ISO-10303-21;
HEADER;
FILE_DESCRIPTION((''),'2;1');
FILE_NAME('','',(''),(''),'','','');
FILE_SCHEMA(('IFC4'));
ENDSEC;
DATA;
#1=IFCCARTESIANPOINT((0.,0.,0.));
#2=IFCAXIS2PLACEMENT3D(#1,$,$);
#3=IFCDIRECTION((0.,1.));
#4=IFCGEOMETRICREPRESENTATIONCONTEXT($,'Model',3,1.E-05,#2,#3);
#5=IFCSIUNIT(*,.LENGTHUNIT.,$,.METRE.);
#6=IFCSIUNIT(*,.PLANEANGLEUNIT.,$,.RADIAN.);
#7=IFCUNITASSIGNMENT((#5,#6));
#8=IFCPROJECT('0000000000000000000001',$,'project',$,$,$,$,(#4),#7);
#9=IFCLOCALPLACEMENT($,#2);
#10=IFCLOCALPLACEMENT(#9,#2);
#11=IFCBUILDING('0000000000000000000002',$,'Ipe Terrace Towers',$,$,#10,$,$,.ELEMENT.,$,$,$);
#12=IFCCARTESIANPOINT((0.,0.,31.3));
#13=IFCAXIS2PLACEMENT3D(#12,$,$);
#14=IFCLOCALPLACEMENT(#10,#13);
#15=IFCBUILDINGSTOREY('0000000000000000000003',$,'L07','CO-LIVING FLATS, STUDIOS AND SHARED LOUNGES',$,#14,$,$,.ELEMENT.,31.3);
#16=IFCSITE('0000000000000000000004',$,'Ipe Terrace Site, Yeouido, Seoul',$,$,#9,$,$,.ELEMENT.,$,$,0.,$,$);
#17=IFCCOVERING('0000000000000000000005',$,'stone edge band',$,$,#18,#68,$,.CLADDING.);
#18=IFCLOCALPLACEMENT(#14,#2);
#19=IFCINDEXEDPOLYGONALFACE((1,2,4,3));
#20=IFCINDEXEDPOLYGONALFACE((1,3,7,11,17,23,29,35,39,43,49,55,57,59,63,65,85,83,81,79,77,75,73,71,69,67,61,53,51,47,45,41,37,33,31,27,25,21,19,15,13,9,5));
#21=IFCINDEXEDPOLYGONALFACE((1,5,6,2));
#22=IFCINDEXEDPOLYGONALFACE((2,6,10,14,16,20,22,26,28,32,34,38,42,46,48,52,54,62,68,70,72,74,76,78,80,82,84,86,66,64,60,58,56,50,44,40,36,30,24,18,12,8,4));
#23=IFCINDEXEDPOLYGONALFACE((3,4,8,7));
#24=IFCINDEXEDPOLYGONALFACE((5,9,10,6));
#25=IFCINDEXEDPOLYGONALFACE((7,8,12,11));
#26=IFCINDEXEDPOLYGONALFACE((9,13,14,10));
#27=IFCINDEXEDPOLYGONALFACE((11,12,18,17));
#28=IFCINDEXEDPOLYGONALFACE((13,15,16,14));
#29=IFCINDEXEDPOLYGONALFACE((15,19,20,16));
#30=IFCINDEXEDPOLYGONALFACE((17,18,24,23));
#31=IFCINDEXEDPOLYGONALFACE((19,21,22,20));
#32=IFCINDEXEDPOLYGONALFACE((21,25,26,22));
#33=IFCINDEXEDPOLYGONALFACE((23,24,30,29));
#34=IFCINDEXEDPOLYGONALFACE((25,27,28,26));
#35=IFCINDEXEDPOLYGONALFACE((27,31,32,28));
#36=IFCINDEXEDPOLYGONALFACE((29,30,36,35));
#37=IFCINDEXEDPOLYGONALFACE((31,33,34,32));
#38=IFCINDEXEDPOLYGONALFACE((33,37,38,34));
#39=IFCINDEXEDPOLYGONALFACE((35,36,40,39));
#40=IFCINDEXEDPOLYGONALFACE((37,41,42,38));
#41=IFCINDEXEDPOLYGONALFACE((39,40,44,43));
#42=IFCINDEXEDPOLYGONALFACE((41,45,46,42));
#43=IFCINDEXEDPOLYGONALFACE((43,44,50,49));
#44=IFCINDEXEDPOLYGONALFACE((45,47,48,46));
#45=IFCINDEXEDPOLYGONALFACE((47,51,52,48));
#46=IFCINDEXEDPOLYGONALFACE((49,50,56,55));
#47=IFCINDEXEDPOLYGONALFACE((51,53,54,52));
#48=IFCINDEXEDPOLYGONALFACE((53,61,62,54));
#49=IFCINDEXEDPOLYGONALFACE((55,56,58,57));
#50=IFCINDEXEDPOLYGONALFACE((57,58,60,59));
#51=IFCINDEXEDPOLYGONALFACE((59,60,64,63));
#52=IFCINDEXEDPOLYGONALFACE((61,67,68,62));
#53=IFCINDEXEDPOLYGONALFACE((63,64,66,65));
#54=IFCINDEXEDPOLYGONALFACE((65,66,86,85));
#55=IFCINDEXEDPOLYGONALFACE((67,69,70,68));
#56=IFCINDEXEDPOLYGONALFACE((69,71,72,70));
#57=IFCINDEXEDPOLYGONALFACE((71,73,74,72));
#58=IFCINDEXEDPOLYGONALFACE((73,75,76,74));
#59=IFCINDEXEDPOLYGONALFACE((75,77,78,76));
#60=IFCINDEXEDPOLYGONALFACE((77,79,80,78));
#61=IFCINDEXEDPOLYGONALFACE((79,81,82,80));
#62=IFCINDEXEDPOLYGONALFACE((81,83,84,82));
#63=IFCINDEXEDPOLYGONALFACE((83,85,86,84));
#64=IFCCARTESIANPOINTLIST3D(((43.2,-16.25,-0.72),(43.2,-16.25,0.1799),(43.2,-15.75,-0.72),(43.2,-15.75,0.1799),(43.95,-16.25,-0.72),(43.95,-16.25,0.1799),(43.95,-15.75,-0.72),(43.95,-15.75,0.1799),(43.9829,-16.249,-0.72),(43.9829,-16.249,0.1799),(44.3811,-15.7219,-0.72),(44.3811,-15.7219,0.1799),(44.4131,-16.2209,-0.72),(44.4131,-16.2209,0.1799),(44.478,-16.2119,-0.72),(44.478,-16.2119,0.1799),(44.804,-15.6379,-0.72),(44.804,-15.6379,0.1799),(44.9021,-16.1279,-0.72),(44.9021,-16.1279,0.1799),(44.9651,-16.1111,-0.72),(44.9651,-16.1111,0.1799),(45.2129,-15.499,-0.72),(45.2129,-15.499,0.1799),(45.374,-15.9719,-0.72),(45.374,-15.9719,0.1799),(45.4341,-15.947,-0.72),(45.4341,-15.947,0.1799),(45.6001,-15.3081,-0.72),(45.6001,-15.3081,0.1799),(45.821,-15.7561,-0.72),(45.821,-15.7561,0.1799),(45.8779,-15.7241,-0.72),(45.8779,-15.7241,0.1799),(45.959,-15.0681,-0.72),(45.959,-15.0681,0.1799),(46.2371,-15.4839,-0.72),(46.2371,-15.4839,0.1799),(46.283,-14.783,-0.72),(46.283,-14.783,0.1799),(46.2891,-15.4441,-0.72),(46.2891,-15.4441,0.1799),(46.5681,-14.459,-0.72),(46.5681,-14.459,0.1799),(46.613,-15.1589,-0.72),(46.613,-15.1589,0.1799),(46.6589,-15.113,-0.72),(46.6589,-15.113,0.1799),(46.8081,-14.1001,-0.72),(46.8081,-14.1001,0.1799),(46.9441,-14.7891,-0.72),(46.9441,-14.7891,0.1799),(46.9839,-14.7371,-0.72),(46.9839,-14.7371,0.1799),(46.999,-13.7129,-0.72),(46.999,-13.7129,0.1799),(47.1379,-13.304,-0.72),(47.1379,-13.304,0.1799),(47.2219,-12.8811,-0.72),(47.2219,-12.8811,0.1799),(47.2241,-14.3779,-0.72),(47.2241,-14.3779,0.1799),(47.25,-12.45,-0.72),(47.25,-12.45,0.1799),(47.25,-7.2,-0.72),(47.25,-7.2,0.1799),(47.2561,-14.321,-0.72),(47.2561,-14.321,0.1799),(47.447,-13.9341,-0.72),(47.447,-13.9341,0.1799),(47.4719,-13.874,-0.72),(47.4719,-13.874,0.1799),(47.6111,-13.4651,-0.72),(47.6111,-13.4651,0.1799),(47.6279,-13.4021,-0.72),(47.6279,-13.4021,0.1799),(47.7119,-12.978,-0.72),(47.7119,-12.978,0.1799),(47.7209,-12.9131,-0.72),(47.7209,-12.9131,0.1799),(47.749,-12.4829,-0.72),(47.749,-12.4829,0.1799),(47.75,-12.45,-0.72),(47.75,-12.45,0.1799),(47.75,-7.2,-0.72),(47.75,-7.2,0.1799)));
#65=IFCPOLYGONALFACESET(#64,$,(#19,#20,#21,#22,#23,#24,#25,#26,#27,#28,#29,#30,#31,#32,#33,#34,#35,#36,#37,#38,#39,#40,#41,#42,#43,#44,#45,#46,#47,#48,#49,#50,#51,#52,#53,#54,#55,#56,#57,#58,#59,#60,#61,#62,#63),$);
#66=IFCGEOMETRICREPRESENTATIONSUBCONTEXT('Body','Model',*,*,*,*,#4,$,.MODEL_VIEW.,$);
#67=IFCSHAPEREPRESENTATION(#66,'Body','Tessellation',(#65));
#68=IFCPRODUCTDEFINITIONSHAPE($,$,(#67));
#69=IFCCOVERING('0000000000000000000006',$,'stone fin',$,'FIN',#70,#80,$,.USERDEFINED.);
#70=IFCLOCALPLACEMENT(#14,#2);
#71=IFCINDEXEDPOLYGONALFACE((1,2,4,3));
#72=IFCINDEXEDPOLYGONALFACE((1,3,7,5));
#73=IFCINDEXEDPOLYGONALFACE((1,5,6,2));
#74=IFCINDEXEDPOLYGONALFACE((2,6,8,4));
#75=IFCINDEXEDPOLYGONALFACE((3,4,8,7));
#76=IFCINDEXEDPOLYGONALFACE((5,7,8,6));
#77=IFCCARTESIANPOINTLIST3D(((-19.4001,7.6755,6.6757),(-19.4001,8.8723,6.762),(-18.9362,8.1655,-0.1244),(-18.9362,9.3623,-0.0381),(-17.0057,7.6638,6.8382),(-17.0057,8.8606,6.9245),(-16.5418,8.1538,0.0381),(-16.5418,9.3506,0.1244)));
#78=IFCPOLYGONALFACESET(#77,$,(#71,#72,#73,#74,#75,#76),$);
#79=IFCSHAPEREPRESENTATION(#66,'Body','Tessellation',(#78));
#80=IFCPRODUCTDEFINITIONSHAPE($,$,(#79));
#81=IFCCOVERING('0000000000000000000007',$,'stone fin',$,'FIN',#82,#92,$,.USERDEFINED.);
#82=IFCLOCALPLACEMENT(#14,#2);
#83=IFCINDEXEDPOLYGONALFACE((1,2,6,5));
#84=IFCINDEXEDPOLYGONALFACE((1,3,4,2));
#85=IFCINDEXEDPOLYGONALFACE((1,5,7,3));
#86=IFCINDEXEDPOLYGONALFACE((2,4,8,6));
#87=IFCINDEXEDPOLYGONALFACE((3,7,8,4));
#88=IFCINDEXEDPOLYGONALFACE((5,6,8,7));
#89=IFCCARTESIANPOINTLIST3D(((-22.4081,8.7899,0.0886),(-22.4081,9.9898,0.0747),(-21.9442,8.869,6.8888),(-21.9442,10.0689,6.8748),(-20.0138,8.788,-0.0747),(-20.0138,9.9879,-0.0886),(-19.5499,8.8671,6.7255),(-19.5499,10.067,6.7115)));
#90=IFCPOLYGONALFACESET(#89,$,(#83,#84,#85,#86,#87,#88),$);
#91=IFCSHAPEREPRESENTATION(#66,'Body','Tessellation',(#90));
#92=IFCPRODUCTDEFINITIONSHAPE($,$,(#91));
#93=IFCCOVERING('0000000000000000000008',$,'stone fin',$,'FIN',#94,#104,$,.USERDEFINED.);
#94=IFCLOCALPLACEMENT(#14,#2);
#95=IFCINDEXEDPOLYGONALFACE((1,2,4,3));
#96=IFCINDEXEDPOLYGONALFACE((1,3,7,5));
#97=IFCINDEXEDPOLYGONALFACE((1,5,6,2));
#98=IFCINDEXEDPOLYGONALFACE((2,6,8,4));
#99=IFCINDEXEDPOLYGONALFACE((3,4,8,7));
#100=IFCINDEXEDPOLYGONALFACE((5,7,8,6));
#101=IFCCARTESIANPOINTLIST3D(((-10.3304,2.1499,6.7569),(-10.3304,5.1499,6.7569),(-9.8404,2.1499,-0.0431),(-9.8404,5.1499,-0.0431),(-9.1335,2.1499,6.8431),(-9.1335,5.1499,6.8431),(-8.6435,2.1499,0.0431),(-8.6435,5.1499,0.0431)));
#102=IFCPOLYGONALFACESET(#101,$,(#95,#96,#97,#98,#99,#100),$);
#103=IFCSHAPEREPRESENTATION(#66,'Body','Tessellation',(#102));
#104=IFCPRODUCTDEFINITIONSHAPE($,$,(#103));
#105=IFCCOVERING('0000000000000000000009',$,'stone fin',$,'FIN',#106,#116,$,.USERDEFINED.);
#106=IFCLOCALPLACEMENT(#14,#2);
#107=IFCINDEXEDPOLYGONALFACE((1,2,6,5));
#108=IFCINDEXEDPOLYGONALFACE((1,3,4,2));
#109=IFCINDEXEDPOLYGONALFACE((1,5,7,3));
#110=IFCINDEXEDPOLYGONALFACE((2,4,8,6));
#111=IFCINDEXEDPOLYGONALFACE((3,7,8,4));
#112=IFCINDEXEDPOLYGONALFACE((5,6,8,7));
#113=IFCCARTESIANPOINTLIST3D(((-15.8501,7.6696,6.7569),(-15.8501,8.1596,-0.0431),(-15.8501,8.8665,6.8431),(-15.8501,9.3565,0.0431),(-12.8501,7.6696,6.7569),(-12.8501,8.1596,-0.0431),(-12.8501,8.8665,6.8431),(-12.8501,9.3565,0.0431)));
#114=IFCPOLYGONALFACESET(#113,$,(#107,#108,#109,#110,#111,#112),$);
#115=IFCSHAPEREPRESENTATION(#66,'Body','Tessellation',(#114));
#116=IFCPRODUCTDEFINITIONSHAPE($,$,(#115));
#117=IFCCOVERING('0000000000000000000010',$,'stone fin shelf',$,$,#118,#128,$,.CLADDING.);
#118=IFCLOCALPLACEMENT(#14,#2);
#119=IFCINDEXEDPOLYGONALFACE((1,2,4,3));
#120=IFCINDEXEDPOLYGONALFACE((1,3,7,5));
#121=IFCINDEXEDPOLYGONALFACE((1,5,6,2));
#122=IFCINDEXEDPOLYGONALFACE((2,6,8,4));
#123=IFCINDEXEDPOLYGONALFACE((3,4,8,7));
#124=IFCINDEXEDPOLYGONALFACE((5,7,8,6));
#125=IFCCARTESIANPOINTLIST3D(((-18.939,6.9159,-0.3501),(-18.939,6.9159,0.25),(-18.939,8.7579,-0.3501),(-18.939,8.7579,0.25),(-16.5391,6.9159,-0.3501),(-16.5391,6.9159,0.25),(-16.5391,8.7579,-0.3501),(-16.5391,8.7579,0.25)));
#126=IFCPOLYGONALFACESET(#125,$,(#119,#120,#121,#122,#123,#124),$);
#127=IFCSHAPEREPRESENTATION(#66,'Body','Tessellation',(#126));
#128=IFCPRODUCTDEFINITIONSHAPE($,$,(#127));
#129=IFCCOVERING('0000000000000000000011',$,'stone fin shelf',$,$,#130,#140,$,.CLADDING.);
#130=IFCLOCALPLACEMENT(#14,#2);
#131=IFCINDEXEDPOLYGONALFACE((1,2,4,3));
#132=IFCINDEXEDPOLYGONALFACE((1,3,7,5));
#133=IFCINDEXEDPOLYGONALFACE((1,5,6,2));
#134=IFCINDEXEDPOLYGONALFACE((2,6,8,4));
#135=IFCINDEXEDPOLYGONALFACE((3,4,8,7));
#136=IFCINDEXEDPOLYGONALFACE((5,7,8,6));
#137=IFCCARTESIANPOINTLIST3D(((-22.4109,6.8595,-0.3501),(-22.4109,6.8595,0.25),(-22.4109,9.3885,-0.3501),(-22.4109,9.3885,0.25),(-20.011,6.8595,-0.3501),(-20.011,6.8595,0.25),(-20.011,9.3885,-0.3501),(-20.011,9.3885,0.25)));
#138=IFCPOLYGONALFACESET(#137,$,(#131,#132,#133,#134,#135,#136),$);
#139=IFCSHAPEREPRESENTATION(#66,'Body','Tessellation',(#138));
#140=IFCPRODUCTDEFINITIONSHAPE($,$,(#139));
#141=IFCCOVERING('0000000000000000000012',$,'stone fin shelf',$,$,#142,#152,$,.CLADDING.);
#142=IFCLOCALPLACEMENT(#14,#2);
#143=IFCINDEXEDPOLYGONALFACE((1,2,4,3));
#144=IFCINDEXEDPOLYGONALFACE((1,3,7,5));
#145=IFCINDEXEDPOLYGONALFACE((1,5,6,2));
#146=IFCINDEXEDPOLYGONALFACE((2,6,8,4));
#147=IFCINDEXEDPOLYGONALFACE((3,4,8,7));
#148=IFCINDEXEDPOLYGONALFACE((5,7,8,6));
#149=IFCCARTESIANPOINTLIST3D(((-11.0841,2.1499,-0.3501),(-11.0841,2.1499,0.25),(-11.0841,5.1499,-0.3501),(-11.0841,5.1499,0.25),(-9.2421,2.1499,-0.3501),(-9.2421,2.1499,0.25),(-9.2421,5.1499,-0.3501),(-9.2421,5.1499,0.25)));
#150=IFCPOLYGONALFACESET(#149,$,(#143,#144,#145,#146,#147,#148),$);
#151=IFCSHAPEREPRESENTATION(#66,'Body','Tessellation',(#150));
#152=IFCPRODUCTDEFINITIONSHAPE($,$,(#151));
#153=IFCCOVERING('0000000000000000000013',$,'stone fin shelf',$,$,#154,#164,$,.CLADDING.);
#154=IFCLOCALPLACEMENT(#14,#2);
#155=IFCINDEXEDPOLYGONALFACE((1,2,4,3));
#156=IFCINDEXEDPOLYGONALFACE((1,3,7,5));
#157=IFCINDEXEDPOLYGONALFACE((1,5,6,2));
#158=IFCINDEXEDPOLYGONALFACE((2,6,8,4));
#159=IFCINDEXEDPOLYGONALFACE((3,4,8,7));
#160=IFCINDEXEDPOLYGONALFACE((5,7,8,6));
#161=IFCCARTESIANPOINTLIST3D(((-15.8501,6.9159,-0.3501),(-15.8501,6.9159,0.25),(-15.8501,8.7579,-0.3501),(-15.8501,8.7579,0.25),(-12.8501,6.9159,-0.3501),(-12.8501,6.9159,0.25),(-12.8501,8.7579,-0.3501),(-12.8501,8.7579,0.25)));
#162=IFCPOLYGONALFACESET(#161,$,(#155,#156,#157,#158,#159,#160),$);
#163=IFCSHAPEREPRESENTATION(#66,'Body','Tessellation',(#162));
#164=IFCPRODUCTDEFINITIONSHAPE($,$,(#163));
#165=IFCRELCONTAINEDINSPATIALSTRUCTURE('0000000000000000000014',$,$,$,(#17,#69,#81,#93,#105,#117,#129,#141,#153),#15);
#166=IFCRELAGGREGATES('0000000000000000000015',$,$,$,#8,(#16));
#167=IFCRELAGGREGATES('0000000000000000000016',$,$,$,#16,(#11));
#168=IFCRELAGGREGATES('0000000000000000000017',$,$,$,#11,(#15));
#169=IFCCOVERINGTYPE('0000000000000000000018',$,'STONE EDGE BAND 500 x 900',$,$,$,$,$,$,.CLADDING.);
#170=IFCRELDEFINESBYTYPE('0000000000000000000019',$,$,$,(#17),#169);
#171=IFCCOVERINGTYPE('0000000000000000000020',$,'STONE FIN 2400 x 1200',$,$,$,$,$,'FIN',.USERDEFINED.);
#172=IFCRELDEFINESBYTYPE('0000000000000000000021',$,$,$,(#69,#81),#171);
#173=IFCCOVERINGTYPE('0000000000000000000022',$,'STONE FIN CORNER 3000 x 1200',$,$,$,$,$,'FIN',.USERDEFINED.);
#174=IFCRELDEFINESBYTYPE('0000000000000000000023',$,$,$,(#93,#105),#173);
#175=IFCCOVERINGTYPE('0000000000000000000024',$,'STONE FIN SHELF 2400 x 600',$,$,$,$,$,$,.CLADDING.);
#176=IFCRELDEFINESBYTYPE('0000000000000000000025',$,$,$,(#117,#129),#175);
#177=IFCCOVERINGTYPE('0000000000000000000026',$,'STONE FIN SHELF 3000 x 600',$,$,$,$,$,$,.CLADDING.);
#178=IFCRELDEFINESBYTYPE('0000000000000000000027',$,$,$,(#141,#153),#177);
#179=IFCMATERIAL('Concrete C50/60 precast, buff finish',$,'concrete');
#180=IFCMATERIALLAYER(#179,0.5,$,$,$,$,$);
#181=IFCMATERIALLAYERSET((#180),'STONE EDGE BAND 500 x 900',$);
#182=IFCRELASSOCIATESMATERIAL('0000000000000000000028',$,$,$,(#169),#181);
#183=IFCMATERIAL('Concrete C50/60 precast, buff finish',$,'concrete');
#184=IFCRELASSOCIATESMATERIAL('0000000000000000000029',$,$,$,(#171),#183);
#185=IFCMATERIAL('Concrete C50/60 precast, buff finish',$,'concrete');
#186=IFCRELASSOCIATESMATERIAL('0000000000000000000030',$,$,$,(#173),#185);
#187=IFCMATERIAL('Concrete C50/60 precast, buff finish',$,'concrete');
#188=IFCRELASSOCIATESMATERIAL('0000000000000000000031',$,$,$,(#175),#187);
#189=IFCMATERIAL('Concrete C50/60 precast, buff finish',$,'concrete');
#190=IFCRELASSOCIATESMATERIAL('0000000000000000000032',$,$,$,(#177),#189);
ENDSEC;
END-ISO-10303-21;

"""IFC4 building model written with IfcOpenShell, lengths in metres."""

from ifc_helpers import new_model, si_unit, direction, frame, origin, origin_2d, place, context, subcontext, project, spatial, polyline, rectangle, outline, extrude, material, layer, layer_set, material_profile, profile_set, type_object, element, save


model = new_model("IFC4")

# Units and contexts
model_context = context("Model", 3, precision=1e-05, world=origin(), true_north=direction((0.0, 1.0)))
body_context = subcontext(model_context, "Body", "Model", "MODEL_VIEW")
ifc_project = project(units=[si_unit("LENGTHUNIT", "METRE"), si_unit("PLANEANGLEUNIT", "RADIAN")], contexts=[model_context])

# Site, building, storey
site_placement = place(None, origin())
site = spatial("IfcSite", under=ifc_project, at=site_placement, Name="Ipe Terrace Site, Yeouido, Seoul", CompositionType="ELEMENT", RefElevation=0.0)
building_placement = place(site_placement, origin())
building = spatial("IfcBuilding", under=site, at=building_placement, Name="Ipe Terrace Towers", CompositionType="ELEMENT")
storey_placement = place(building_placement, frame((0.0, 0.0, 31.3)))
storey = spatial("IfcBuildingStorey", under=building, at=storey_placement, Name="L07", Description="CO-LIVING FLATS, STUDIOS AND SHARED LOUNGES", CompositionType="ELEMENT", Elevation=31.3)

# Coverings
ifc_material_1 = material(Name="Concrete C50/60 precast, buff finish", Category="concrete")
ifc_layer_1 = layer(ifc_material_1, 0.5)
ifc_layer_set_1 = layer_set([ifc_layer_1], Name="STONE EDGE BAND 500 x 900")
covering_type_1 = type_object("IfcCoveringType", Name="STONE EDGE BAND 500 x 900", PredefinedType="CLADDING", material=ifc_layer_set_1)
covering_1_placement = place(storey_placement, frame((0.0, 0.0, -0.72)))
element("IfcCovering", 1, at=covering_1_placement, inside=storey, type_object=covering_type_1, Name="stone edge band", PredefinedType="CLADDING", context=body_context, shape_type="SweptSolid", body=[
    extrude(outline(polyline([(47.75, -12.45), (47.75, -7.2), (47.25, -7.2), (47.25, -12.45), (47.2219, -12.8811), (47.1379, -13.304), (46.999, -13.7129), (46.8081, -14.1001), (46.5681, -14.459), (46.283, -14.783), (45.959, -15.0681), (45.6001, -15.3081), (45.2129, -15.499), (44.804, -15.6379), (44.3811, -15.7219), (43.95, -15.75), (43.2, -15.75), (43.2, -16.25), (43.95, -16.25), (43.9829, -16.249), (44.4131, -16.2209), (44.478, -16.2119), (44.9021, -16.1279), (44.9651, -16.1111), (45.374, -15.9719), (45.4341, -15.947), (45.821, -15.7561), (45.8779, -15.7241), (46.2371, -15.4839), (46.2891, -15.4441), (46.613, -15.1589), (46.6589, -15.113), (46.9441, -14.7891), (46.9839, -14.7371), (47.2241, -14.3779), (47.2561, -14.321), (47.447, -13.9341), (47.4719, -13.874), (47.6111, -13.4651), (47.6279, -13.4021), (47.7119, -12.978), (47.7209, -12.9131), (47.749, -12.4829), (47.75, -12.45)])), origin(), (0.0, 0.0, 1.0), 0.8999),
])
ifc_material_2 = material(Name="Concrete C50/60 precast, buff finish", Category="concrete")
ifc_material_profile_1 = material_profile(ifc_material_2, rectangle(XDim=2.3999, YDim=1.2, at=origin_2d()), Name="STONE FIN 2400 x 1200")
ifc_profile_set_1 = profile_set([ifc_material_profile_1], Name="Concrete C50/60 precast, buff finish")
covering_type_2 = type_object("IfcCoveringType", Name="STONE FIN 2400 x 1200", ElementType="FIN", PredefinedType="USERDEFINED", material=ifc_profile_set_1)
covering_2_placement = place(storey_placement, frame((-17.739, 8.7581, 0.0), z_axis=(-0.067882, -0.071705, 0.995113), x_axis=(-0.997693, 0.004879, -0.067706)))
element("IfcCovering", 2, at=covering_2_placement, inside=storey, type_object=covering_type_2, Name="stone fin", ObjectType="FIN", PredefinedType="USERDEFINED", context=body_context, shape_type="SweptSolid", body=[
    extrude(rectangle(XDim=2.3999, YDim=1.2, at=origin_2d()), origin(), (0.0, 0.0, 1.0), 6.8335),
])
covering_3_placement = place(storey_placement, frame((-21.2109, 9.3889, 0.0), z_axis=(0.068053, 0.011605, 0.997614), x_axis=(-0.997682, 0.000792, 0.068048)))
element("IfcCovering", 3, at=covering_3_placement, inside=storey, type_object=covering_type_2, Name="stone fin", ObjectType="FIN", PredefinedType="USERDEFINED", context=body_context, shape_type="SweptSolid", body=[
    extrude(rectangle(XDim=2.3999, YDim=1.2, at=origin_2d()), origin(), (0.0, 0.0, 1.0), 6.8164),
])
ifc_material_3 = material(Name="Concrete C50/60 precast, buff finish", Category="concrete")
ifc_material_profile_2 = material_profile(ifc_material_3, rectangle(XDim=3.0, YDim=1.2, at=origin_2d()), Name="STONE FIN CORNER 3000 x 1200")
ifc_profile_set_2 = profile_set([ifc_material_profile_2], Name="Concrete C50/60 precast, buff finish")
covering_type_3 = type_object("IfcCoveringType", Name="STONE FIN CORNER 3000 x 1200", ElementType="FIN", PredefinedType="USERDEFINED", material=ifc_profile_set_2)
for number, where, z_axis, x_axis, name in (
    (4, (-9.2419, 3.6499, 0.0), (-0.071871, 0.0, 0.997414), (0.0, 1.0, 0.0), "stone fin"),
    (5, (-14.3501, 8.7581, 0.0), (0.0, -0.071871, 0.997414), (-1.0, 0.0, 0.0), "stone fin"),
):
    element("IfcCovering", number, at=place(storey_placement, frame(where, z_axis=z_axis, x_axis=x_axis)), inside=storey, type_object=covering_type_3, Name=name, ObjectType="FIN", PredefinedType="USERDEFINED", context=body_context, shape_type="SweptSolid", body=[
        extrude(rectangle(XDim=3.0, YDim=1.2, at=origin_2d()), origin(), (0.0, 0.0, 1.0), 6.8176),
    ])
ifc_material_4 = material(Name="Concrete C50/60 precast, buff finish", Category="concrete")
covering_type_4 = type_object("IfcCoveringType", Name="STONE FIN SHELF 2400 x 600", PredefinedType="CLADDING", material=ifc_material_4)
covering_4_placement = place(storey_placement, frame((-17.739, 7.8369, -0.3501), z_axis=(0.0, 0.0, 1.0), x_axis=(-1.0, 0.0, 0.0)))
element("IfcCovering", 6, at=covering_4_placement, inside=storey, type_object=covering_type_4, Name="stone fin shelf", PredefinedType="CLADDING", context=body_context, shape_type="SweptSolid", body=[
    extrude(rectangle(XDim=2.3999, YDim=1.842, at=origin_2d()), origin(), (0.0, 0.0, 1.0), 0.6001),
])
covering_5_placement = place(storey_placement, frame((-21.2109, 8.124, -0.3501), z_axis=(0.0, 0.0, 1.0), x_axis=(-1.0, 0.0, 0.0)))
element("IfcCovering", 7, at=covering_5_placement, inside=storey, type_object=covering_type_4, Name="stone fin shelf", PredefinedType="CLADDING", context=body_context, shape_type="SweptSolid", body=[
    extrude(rectangle(XDim=2.3999, YDim=2.5291, at=origin_2d()), origin(), (0.0, 0.0, 1.0), 0.6001),
])
ifc_material_5 = material(Name="Concrete C50/60 precast, buff finish", Category="concrete")
covering_type_5 = type_object("IfcCoveringType", Name="STONE FIN SHELF 3000 x 600", PredefinedType="CLADDING", material=ifc_material_5)
for number, where, z_axis, x_axis, name in (
    (8, (-10.1631, 3.6499, -0.3501), (0.0, 0.0, 1.0), (0.0, 1.0, 0.0), "stone fin shelf"),
    (9, (-14.3501, 7.8369, -0.3501), (0.0, 0.0, 1.0), (-1.0, 0.0, 0.0), "stone fin shelf"),
):
    element("IfcCovering", number, at=place(storey_placement, frame(where, z_axis=z_axis, x_axis=x_axis)), inside=storey, type_object=covering_type_5, Name=name, PredefinedType="CLADDING", context=body_context, shape_type="SweptSolid", body=[
        extrude(rectangle(XDim=3.0, YDim=1.842, at=origin_2d()), origin(), (0.0, 0.0, 1.0), 0.6001),
    ])

save(model, "model.ifc")
